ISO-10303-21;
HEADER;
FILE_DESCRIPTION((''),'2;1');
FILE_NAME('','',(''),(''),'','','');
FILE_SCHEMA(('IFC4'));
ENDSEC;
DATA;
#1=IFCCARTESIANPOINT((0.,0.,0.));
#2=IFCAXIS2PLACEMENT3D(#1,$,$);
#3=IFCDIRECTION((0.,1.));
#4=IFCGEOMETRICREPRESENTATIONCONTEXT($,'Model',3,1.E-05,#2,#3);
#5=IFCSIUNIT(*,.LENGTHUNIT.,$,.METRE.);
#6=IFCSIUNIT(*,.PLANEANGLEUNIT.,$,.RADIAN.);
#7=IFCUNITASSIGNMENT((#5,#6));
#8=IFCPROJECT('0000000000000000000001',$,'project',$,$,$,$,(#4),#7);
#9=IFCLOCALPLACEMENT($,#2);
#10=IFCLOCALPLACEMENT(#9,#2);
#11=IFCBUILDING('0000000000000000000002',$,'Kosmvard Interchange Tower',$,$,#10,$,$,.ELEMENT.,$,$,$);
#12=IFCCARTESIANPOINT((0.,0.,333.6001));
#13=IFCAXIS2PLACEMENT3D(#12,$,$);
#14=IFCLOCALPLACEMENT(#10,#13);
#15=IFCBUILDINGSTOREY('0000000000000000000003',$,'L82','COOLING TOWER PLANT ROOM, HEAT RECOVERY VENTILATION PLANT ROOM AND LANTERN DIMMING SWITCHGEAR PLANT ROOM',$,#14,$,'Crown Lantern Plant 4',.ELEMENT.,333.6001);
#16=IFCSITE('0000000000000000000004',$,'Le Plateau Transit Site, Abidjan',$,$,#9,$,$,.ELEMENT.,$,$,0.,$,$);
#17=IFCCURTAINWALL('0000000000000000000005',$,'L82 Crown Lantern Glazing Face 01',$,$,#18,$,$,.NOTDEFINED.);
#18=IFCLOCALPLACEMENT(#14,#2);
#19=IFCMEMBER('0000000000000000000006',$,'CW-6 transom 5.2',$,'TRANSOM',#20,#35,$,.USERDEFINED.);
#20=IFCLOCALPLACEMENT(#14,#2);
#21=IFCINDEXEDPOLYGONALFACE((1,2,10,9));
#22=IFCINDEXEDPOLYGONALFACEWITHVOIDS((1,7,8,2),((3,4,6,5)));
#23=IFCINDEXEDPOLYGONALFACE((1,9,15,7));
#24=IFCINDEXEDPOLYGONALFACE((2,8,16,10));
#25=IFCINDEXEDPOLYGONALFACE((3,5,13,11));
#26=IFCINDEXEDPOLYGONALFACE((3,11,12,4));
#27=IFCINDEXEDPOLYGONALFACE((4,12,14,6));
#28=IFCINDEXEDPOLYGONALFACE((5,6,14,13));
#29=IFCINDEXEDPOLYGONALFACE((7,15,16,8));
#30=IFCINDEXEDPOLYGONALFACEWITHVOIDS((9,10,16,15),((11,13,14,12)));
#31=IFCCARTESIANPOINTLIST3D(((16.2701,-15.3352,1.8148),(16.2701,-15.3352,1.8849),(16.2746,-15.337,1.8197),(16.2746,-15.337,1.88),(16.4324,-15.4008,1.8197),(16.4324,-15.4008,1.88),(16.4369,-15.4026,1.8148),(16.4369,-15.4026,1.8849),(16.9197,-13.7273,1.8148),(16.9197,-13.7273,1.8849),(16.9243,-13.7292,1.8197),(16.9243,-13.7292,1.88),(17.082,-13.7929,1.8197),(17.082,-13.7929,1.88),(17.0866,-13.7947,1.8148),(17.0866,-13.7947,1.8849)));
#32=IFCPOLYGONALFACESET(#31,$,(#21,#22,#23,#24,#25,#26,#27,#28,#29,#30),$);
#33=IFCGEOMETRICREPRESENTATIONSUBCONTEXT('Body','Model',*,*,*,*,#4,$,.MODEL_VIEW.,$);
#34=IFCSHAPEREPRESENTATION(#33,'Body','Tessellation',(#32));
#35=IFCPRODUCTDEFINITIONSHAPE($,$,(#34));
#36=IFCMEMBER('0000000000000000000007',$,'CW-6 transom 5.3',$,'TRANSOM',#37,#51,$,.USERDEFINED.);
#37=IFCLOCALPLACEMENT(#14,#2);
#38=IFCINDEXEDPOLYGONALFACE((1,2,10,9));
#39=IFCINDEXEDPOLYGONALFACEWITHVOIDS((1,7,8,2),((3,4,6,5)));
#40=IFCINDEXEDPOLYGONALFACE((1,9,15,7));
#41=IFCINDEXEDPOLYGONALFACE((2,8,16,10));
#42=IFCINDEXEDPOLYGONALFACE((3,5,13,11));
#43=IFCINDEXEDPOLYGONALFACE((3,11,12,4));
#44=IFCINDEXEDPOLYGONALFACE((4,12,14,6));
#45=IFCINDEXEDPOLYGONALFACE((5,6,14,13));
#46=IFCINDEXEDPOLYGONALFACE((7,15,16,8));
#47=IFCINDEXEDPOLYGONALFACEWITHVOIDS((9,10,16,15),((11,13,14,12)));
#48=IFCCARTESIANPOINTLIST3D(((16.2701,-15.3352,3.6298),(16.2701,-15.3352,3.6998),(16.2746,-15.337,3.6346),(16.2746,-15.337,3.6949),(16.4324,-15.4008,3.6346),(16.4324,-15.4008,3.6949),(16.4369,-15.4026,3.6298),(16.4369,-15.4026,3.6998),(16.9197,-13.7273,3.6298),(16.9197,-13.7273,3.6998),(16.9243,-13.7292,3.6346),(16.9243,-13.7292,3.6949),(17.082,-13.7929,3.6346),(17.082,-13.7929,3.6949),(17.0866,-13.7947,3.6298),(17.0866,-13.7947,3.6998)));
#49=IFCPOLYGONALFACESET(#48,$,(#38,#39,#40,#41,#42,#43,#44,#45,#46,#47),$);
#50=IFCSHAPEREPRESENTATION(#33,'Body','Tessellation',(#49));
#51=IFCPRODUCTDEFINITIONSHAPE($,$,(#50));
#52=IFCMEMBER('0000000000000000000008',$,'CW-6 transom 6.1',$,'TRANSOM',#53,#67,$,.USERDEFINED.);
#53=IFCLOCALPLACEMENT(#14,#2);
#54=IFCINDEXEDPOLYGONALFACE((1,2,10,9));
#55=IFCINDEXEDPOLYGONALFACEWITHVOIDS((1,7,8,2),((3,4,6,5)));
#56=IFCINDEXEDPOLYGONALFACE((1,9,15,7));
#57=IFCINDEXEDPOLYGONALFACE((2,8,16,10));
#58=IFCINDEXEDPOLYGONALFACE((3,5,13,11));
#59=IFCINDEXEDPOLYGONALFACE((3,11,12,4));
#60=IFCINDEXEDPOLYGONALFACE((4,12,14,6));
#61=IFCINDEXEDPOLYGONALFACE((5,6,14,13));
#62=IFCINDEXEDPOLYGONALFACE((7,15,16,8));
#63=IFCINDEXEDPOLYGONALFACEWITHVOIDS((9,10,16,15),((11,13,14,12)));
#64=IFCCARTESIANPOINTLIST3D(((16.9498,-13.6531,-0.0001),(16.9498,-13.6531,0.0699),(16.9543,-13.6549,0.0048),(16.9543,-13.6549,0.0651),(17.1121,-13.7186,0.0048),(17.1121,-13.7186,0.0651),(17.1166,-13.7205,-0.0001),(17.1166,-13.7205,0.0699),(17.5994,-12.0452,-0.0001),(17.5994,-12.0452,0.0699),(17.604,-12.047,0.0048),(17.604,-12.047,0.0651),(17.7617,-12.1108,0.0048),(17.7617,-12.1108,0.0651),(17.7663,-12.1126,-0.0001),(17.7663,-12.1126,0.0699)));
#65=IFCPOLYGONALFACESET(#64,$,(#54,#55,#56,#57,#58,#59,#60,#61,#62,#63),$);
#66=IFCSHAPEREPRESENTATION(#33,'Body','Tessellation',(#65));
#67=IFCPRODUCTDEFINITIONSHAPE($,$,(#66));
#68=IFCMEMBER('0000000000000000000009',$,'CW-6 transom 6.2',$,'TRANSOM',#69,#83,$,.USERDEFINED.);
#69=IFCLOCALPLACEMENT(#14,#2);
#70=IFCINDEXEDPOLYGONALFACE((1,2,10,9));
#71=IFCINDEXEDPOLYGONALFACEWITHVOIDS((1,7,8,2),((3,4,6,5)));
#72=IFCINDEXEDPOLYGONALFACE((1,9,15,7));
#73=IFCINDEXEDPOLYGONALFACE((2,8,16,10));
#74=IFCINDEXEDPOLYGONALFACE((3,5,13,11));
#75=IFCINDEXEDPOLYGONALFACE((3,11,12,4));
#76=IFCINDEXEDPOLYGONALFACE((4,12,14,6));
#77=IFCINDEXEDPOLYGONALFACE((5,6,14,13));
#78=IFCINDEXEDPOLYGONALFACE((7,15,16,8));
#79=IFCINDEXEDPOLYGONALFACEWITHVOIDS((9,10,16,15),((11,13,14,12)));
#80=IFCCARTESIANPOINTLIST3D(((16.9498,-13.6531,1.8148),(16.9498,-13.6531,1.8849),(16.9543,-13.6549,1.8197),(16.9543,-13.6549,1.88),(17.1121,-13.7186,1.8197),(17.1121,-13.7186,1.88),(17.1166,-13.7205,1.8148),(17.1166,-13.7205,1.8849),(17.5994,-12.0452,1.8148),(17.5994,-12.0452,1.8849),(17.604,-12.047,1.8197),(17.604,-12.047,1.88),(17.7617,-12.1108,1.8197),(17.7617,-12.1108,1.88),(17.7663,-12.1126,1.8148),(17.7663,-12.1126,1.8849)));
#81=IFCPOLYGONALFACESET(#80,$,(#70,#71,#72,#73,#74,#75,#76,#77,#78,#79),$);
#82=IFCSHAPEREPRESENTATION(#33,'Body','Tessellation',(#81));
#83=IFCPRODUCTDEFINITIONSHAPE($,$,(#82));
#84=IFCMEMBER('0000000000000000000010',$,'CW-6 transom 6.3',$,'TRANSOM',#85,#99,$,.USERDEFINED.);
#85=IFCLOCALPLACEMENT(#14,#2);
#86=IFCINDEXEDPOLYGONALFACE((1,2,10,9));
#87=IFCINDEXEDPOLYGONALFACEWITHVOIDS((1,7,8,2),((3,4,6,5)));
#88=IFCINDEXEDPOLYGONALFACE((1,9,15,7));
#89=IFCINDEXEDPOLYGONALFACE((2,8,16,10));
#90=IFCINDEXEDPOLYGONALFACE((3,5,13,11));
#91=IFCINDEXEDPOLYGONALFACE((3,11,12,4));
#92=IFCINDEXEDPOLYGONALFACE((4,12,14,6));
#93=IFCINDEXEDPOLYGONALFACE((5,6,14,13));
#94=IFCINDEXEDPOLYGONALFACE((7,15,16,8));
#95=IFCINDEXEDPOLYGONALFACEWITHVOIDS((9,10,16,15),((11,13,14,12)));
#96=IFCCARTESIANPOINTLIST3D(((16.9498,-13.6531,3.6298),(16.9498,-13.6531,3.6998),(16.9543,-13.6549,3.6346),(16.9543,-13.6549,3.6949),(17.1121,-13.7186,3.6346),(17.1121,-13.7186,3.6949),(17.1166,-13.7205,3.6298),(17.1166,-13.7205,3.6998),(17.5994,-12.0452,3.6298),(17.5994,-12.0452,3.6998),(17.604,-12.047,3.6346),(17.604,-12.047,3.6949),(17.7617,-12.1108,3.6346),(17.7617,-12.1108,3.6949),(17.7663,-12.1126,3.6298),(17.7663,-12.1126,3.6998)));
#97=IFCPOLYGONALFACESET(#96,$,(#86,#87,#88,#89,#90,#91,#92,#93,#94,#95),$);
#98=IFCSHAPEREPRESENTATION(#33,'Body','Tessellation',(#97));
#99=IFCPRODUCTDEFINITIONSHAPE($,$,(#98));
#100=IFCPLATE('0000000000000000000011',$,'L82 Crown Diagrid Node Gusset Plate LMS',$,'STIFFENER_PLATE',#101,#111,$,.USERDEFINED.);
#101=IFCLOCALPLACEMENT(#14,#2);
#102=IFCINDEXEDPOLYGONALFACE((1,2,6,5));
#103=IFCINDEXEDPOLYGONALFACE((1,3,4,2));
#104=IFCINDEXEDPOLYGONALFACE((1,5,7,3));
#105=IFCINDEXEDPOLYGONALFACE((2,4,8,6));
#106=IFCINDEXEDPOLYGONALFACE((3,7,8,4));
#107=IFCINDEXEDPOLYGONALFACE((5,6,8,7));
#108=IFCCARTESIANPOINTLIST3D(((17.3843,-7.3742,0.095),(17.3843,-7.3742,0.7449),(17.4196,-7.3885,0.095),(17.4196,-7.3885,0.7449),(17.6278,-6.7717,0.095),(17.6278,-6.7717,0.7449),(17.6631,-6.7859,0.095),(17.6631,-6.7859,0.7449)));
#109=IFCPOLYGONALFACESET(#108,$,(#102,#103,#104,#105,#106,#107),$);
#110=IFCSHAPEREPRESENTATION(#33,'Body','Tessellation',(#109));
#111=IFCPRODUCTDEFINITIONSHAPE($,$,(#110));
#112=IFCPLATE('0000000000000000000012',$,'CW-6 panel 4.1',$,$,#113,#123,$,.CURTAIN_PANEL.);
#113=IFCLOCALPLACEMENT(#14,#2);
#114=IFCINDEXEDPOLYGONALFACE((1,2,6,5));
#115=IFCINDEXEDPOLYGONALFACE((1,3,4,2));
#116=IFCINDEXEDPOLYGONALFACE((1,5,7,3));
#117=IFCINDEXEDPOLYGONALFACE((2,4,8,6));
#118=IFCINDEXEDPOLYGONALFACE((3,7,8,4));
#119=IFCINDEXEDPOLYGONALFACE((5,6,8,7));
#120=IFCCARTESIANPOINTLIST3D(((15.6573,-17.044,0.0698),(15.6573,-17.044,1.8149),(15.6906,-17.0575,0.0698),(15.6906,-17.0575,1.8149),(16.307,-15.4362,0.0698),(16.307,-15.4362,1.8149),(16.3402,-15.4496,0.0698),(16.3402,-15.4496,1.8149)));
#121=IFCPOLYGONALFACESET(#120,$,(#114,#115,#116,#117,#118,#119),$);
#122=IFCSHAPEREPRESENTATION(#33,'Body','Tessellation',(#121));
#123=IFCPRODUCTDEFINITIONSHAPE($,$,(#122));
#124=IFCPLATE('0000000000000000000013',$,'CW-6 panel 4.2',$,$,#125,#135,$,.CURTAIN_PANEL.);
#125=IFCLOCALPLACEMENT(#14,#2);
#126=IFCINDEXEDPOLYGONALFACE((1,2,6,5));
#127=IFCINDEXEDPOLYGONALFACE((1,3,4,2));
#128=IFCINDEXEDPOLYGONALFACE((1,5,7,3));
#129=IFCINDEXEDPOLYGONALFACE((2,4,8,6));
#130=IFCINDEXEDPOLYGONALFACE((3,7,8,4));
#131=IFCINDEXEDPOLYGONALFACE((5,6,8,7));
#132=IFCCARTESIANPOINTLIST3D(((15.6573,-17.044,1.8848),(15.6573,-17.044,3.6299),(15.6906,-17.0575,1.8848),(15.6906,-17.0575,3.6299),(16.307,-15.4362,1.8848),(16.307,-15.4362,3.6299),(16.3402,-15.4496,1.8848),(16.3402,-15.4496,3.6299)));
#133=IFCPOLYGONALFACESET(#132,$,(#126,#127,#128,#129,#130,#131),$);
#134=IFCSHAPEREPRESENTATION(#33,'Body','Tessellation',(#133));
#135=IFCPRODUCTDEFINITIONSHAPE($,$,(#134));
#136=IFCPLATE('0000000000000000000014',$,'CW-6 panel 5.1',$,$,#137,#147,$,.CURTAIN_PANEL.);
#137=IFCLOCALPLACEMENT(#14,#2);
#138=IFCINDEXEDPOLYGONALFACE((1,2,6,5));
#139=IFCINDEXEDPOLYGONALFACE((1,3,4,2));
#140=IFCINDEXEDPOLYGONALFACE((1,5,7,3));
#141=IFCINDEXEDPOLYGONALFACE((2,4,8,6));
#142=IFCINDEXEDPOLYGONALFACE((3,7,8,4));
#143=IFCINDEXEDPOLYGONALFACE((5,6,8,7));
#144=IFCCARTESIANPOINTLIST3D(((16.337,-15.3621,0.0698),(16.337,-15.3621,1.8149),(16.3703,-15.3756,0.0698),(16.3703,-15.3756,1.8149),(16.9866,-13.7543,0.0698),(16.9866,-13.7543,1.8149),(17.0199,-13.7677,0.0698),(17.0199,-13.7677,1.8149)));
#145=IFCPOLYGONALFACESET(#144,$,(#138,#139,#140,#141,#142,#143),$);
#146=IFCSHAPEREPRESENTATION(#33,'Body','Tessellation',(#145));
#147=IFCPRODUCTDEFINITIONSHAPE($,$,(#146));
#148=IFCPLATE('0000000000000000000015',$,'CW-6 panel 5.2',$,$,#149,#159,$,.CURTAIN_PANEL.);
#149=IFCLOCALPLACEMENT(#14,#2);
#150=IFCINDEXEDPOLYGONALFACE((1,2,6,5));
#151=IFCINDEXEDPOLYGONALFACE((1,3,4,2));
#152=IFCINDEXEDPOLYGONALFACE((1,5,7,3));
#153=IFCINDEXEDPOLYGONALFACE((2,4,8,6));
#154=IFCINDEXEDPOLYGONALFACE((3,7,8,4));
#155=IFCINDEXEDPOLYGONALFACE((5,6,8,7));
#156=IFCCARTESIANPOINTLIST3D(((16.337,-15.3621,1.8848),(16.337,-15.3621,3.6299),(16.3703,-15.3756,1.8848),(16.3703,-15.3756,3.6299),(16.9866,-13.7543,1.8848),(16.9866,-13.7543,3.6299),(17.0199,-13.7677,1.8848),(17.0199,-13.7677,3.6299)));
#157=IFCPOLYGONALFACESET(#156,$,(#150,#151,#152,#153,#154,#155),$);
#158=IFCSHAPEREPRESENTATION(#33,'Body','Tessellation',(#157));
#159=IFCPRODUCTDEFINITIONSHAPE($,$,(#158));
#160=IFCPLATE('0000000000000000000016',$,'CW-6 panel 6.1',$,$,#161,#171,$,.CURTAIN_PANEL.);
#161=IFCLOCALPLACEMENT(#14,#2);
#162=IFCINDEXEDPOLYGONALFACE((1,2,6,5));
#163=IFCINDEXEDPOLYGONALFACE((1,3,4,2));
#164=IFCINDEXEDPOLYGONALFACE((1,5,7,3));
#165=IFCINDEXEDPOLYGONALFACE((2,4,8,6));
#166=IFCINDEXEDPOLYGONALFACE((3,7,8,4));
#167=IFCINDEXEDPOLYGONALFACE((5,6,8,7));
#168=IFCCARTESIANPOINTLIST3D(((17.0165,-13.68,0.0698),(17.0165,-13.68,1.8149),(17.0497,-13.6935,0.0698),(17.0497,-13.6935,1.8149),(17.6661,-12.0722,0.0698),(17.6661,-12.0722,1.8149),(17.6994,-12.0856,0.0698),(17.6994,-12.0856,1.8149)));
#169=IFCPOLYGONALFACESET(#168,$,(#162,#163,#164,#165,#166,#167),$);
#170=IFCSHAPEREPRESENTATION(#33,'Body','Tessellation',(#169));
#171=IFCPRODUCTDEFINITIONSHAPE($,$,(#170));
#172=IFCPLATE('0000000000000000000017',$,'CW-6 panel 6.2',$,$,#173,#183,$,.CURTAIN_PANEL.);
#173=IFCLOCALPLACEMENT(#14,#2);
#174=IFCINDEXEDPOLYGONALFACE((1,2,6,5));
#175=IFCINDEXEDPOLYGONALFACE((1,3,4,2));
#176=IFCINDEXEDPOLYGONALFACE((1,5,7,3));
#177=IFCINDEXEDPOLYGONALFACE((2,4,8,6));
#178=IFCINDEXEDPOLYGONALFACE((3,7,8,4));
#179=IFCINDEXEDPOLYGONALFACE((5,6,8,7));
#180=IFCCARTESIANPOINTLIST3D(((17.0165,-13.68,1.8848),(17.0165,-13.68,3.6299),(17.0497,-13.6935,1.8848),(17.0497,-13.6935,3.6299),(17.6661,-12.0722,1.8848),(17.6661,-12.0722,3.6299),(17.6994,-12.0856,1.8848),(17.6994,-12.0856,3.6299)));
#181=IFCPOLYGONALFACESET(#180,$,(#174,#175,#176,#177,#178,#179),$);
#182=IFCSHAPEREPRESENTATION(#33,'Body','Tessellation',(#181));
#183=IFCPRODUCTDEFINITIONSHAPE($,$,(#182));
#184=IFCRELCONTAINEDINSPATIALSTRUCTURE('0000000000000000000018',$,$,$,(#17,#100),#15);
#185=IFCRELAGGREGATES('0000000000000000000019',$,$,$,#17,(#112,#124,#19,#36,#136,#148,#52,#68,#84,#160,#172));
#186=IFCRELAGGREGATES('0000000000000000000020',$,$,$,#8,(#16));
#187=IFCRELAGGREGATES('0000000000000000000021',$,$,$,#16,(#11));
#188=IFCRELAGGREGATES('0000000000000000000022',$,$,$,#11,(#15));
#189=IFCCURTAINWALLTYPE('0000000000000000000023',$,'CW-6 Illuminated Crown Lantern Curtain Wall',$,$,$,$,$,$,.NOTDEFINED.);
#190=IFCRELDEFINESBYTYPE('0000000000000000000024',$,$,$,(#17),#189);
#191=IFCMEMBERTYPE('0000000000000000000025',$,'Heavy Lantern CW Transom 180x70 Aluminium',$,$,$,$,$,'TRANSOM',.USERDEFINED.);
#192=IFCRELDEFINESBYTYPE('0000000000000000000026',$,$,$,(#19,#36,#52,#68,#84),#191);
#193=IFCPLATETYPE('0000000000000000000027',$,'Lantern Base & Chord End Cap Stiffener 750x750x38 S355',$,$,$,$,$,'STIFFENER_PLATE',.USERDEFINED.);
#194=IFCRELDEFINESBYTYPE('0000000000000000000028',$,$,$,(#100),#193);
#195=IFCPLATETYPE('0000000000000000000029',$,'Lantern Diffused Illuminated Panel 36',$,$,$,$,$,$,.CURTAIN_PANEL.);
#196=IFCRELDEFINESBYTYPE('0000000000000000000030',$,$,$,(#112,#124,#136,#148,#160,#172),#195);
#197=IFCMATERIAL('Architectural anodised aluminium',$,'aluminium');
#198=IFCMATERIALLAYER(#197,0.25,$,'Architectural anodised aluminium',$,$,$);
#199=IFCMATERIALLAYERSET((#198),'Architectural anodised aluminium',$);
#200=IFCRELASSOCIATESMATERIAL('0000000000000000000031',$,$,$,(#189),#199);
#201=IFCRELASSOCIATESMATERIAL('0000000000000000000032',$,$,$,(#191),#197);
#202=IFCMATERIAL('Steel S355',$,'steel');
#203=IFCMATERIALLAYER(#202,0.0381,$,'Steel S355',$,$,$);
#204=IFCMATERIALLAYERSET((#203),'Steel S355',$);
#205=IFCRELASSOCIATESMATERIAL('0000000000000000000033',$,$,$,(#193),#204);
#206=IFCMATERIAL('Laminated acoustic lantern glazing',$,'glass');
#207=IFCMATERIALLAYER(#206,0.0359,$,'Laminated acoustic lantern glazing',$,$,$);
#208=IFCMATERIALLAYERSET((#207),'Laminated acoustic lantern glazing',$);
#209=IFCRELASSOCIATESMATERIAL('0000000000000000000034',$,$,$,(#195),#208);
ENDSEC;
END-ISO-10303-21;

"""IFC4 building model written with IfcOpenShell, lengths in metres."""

from ifc_helpers import new_model, si_unit, direction, frame, origin, origin_2d, place, context, subcontext, project, spatial, rectangle, hollow_rectangle, extrude, source, transform, mapped, material, layer, layer_set, material_profile, profile_set, type_object, element, aggregate, save


model = new_model("IFC4")

# Units and contexts
model_context = context("Model", 3, precision=1e-05, world=origin(), true_north=direction((0.0, 1.0)))
body_context = subcontext(model_context, "Body", "Model", "MODEL_VIEW")
ifc_project = project(units=[si_unit("LENGTHUNIT", "METRE"), si_unit("PLANEANGLEUNIT", "RADIAN")], contexts=[model_context])

# Site, building, storey
site_placement = place(None, origin())
site = spatial("IfcSite", under=ifc_project, at=site_placement, Name="Le Plateau Transit Site, Abidjan", CompositionType="ELEMENT", RefElevation=0.0)
building_placement = place(site_placement, origin())
building = spatial("IfcBuilding", under=site, at=building_placement, Name="Kosmvard Interchange Tower", CompositionType="ELEMENT")
storey_placement = place(building_placement, frame((0.0, 0.0, 333.6001)))
storey = spatial("IfcBuildingStorey", under=building, at=storey_placement, Name="L82", Description="COOLING TOWER PLANT ROOM, HEAT RECOVERY VENTILATION PLANT ROOM AND LANTERN DIMMING SWITCHGEAR PLANT ROOM", LongName="Crown Lantern Plant 4", CompositionType="ELEMENT", Elevation=333.6001)

# Shared definitions
ifc_material_1 = material(Name="Steel S355", Category="steel")

# Curtain wall, members
ifc_material_2 = material(Name="Architectural anodised aluminium", Category="aluminium")
ifc_layer_1 = layer(ifc_material_2, 0.25, Name="Architectural anodised aluminium")
ifc_layer_set_1 = layer_set([ifc_layer_1], Name="Architectural anodised aluminium")
curtain_wall_type = type_object("IfcCurtainWallType", Name="CW-6 Illuminated Crown Lantern Curtain Wall", PredefinedType="NOTDEFINED", material=ifc_layer_set_1)
curtain_wall_placement = place(storey_placement, origin())
curtain_wall = element("IfcCurtainWall", 1, at=curtain_wall_placement, inside=storey, type_object=curtain_wall_type, Name="L82 Crown Lantern Glazing Face 01", PredefinedType="NOTDEFINED")
ifc_material_profile_1 = material_profile(ifc_material_2, hollow_rectangle(XDim=0.1799, YDim=0.0701, WallThickness=0.0049, at=origin_2d()), Name="CWT 180x70x5")
ifc_profile_set_1 = profile_set([ifc_material_profile_1], Name="Architectural anodised aluminium")
member_type_1 = type_object("IfcMemberType", Name="Heavy Lantern CW Transom 180x70 Aluminium", ElementType="TRANSOM", PredefinedType="USERDEFINED", material=ifc_profile_set_1)
shared_shape_1 = source(origin(), body_context, "Body", "SweptSolid", [
    extrude(hollow_rectangle(XDim=0.1799, YDim=0.0701, WallThickness=0.0049, at=origin_2d()), origin(), (0.0, 0.0, 1.0), 1.7341),
])
member_1_placement = place(storey_placement, frame((16.3535, -15.3689, 1.8499), z_axis=(0.374617, 0.92718, 0.0), x_axis=(-0.92718, 0.374617, 0.0)))
member_1 = element("IfcMember", 2, at=member_1_placement, type_object=member_type_1, Name="CW-6 transom 5.2", ObjectType="TRANSOM", PredefinedType="USERDEFINED", context=body_context, shape_type="MappedRepresentation", body=[
    mapped(shared_shape_1, transform((0.0, 0.0, 0.0), scale=1.0)),
])
member_2_placement = place(storey_placement, frame((16.3535, -15.3689, 3.6648), z_axis=(0.374617, 0.92718, 0.0), x_axis=(-0.92718, 0.374617, 0.0)))
member_2 = element("IfcMember", 3, at=member_2_placement, type_object=member_type_1, Name="CW-6 transom 5.3", ObjectType="TRANSOM", PredefinedType="USERDEFINED", context=body_context, shape_type="MappedRepresentation", body=[
    mapped(shared_shape_1, transform((0.0, 0.0, 0.0), scale=1.0)),
])
member_3_placement = place(storey_placement, frame((17.0332, -13.6868, 0.0349), z_axis=(0.374617, 0.92718, 0.0), x_axis=(-0.92718, 0.374617, 0.0)))
member_3 = element("IfcMember", 4, at=member_3_placement, type_object=member_type_1, Name="CW-6 transom 6.1", ObjectType="TRANSOM", PredefinedType="USERDEFINED", context=body_context, shape_type="MappedRepresentation", body=[
    mapped(shared_shape_1, transform((0.0, 0.0, 0.0), scale=1.0)),
])
member_4_placement = place(storey_placement, frame((17.0332, -13.6868, 1.8499), z_axis=(0.374617, 0.92718, 0.0), x_axis=(-0.92718, 0.374617, 0.0)))
member_4 = element("IfcMember", 5, at=member_4_placement, type_object=member_type_1, Name="CW-6 transom 6.2", ObjectType="TRANSOM", PredefinedType="USERDEFINED", context=body_context, shape_type="MappedRepresentation", body=[
    mapped(shared_shape_1, transform((0.0, 0.0, 0.0), scale=1.0)),
])
member_5_placement = place(storey_placement, frame((17.0332, -13.6868, 3.6648), z_axis=(0.374617, 0.92718, 0.0), x_axis=(-0.92718, 0.374617, 0.0)))
member_5 = element("IfcMember", 6, at=member_5_placement, type_object=member_type_1, Name="CW-6 transom 6.3", ObjectType="TRANSOM", PredefinedType="USERDEFINED", context=body_context, shape_type="MappedRepresentation", body=[
    mapped(shared_shape_1, transform((0.0, 0.0, 0.0), scale=1.0)),
])

# Plates
ifc_layer_2 = layer(ifc_material_1, 0.0381, Name="Steel S355")
ifc_layer_set_2 = layer_set([ifc_layer_2], Name="Steel S355")
plate_type_1 = type_object("IfcPlateType", Name="Lantern Base & Chord End Cap Stiffener 750x750x38 S355", ElementType="STIFFENER_PLATE", PredefinedType="USERDEFINED", material=ifc_layer_set_2)
shared_shape_2 = source(origin(), body_context, "Body", "SweptSolid", [
    extrude(rectangle(XDim=0.6499, YDim=0.0381, at=origin_2d()), origin(), (0.0, 0.0, 1.0), 0.6499),
])
plate_1_placement = place(storey_placement, frame((17.5237, -7.0801, 0.095), z_axis=(0.0, 0.0, 1.0), x_axis=(0.374607, 0.927184, 0.0)))
element("IfcPlate", 7, at=plate_1_placement, inside=storey, type_object=plate_type_1, Name="L82 Crown Diagrid Node Gusset Plate LMS", ObjectType="STIFFENER_PLATE", PredefinedType="USERDEFINED", context=body_context, shape_type="MappedRepresentation", body=[
    mapped(shared_shape_2, transform((0.0, 0.0, 0.0), scale=1.0)),
])
ifc_material_3 = material(Name="Laminated acoustic lantern glazing", Category="glass")
ifc_layer_3 = layer(ifc_material_3, 0.0359, Name="Laminated acoustic lantern glazing")
ifc_layer_set_3 = layer_set([ifc_layer_3], Name="Laminated acoustic lantern glazing")
plate_type_2 = type_object("IfcPlateType", Name="Lantern Diffused Illuminated Panel 36", PredefinedType="CURTAIN_PANEL", material=ifc_layer_set_3)
shared_shape_3 = source(origin(), body_context, "Body", "SweptSolid", [
    extrude(rectangle(XDim=1.7341, YDim=0.0359, at=origin_2d()), origin(), (0.0, 0.0, 1.0), 1.7451),
])
plate_2_placement = place(storey_placement, frame((15.9988, -16.2468, 0.0698), z_axis=(0.0, 0.0, 1.0), x_axis=(0.374607, 0.927184, 0.0)))
plate_2 = element("IfcPlate", 8, at=plate_2_placement, type_object=plate_type_2, Name="CW-6 panel 4.1", PredefinedType="CURTAIN_PANEL", context=body_context, shape_type="MappedRepresentation", body=[
    mapped(shared_shape_3, transform((0.0, 0.0, 0.0), scale=1.0)),
])
plate_3_placement = place(storey_placement, frame((15.9988, -16.2468, 1.8848), z_axis=(0.0, 0.0, 1.0), x_axis=(0.374607, 0.927184, 0.0)))
plate_3 = element("IfcPlate", 9, at=plate_3_placement, type_object=plate_type_2, Name="CW-6 panel 4.2", PredefinedType="CURTAIN_PANEL", context=body_context, shape_type="MappedRepresentation", body=[
    mapped(shared_shape_3, transform((0.0, 0.0, 0.0), scale=1.0)),
])
plate_4_placement = place(storey_placement, frame((16.6785, -14.5649, 0.0698), z_axis=(0.0, 0.0, 1.0), x_axis=(0.374607, 0.927184, 0.0)))
plate_4 = element("IfcPlate", 10, at=plate_4_placement, type_object=plate_type_2, Name="CW-6 panel 5.1", PredefinedType="CURTAIN_PANEL", context=body_context, shape_type="MappedRepresentation", body=[
    mapped(shared_shape_3, transform((0.0, 0.0, 0.0), scale=1.0)),
])
plate_5_placement = place(storey_placement, frame((16.6785, -14.5649, 1.8848), z_axis=(0.0, 0.0, 1.0), x_axis=(0.374607, 0.927184, 0.0)))
plate_5 = element("IfcPlate", 11, at=plate_5_placement, type_object=plate_type_2, Name="CW-6 panel 5.2", PredefinedType="CURTAIN_PANEL", context=body_context, shape_type="MappedRepresentation", body=[
    mapped(shared_shape_3, transform((0.0, 0.0, 0.0), scale=1.0)),
])
plate_6_placement = place(storey_placement, frame((17.3579, -12.8828, 0.0698), z_axis=(0.0, 0.0, 1.0), x_axis=(0.374607, 0.927184, 0.0)))
plate_6 = element("IfcPlate", 12, at=plate_6_placement, type_object=plate_type_2, Name="CW-6 panel 6.1", PredefinedType="CURTAIN_PANEL", context=body_context, shape_type="MappedRepresentation", body=[
    mapped(shared_shape_3, transform((0.0, 0.0, 0.0), scale=1.0)),
])
plate_7_placement = place(storey_placement, frame((17.3579, -12.8828, 1.8848), z_axis=(0.0, 0.0, 1.0), x_axis=(0.374607, 0.927184, 0.0)))
plate_7 = element("IfcPlate", 13, at=plate_7_placement, type_object=plate_type_2, Name="CW-6 panel 6.2", PredefinedType="CURTAIN_PANEL", context=body_context, shape_type="MappedRepresentation", body=[
    mapped(shared_shape_3, transform((0.0, 0.0, 0.0), scale=1.0)),
])
aggregate(curtain_wall, [plate_2, plate_3, member_1, member_2, plate_4, plate_5, member_3, member_4, member_5, plate_6, plate_7])

save(model, "model.ifc")
